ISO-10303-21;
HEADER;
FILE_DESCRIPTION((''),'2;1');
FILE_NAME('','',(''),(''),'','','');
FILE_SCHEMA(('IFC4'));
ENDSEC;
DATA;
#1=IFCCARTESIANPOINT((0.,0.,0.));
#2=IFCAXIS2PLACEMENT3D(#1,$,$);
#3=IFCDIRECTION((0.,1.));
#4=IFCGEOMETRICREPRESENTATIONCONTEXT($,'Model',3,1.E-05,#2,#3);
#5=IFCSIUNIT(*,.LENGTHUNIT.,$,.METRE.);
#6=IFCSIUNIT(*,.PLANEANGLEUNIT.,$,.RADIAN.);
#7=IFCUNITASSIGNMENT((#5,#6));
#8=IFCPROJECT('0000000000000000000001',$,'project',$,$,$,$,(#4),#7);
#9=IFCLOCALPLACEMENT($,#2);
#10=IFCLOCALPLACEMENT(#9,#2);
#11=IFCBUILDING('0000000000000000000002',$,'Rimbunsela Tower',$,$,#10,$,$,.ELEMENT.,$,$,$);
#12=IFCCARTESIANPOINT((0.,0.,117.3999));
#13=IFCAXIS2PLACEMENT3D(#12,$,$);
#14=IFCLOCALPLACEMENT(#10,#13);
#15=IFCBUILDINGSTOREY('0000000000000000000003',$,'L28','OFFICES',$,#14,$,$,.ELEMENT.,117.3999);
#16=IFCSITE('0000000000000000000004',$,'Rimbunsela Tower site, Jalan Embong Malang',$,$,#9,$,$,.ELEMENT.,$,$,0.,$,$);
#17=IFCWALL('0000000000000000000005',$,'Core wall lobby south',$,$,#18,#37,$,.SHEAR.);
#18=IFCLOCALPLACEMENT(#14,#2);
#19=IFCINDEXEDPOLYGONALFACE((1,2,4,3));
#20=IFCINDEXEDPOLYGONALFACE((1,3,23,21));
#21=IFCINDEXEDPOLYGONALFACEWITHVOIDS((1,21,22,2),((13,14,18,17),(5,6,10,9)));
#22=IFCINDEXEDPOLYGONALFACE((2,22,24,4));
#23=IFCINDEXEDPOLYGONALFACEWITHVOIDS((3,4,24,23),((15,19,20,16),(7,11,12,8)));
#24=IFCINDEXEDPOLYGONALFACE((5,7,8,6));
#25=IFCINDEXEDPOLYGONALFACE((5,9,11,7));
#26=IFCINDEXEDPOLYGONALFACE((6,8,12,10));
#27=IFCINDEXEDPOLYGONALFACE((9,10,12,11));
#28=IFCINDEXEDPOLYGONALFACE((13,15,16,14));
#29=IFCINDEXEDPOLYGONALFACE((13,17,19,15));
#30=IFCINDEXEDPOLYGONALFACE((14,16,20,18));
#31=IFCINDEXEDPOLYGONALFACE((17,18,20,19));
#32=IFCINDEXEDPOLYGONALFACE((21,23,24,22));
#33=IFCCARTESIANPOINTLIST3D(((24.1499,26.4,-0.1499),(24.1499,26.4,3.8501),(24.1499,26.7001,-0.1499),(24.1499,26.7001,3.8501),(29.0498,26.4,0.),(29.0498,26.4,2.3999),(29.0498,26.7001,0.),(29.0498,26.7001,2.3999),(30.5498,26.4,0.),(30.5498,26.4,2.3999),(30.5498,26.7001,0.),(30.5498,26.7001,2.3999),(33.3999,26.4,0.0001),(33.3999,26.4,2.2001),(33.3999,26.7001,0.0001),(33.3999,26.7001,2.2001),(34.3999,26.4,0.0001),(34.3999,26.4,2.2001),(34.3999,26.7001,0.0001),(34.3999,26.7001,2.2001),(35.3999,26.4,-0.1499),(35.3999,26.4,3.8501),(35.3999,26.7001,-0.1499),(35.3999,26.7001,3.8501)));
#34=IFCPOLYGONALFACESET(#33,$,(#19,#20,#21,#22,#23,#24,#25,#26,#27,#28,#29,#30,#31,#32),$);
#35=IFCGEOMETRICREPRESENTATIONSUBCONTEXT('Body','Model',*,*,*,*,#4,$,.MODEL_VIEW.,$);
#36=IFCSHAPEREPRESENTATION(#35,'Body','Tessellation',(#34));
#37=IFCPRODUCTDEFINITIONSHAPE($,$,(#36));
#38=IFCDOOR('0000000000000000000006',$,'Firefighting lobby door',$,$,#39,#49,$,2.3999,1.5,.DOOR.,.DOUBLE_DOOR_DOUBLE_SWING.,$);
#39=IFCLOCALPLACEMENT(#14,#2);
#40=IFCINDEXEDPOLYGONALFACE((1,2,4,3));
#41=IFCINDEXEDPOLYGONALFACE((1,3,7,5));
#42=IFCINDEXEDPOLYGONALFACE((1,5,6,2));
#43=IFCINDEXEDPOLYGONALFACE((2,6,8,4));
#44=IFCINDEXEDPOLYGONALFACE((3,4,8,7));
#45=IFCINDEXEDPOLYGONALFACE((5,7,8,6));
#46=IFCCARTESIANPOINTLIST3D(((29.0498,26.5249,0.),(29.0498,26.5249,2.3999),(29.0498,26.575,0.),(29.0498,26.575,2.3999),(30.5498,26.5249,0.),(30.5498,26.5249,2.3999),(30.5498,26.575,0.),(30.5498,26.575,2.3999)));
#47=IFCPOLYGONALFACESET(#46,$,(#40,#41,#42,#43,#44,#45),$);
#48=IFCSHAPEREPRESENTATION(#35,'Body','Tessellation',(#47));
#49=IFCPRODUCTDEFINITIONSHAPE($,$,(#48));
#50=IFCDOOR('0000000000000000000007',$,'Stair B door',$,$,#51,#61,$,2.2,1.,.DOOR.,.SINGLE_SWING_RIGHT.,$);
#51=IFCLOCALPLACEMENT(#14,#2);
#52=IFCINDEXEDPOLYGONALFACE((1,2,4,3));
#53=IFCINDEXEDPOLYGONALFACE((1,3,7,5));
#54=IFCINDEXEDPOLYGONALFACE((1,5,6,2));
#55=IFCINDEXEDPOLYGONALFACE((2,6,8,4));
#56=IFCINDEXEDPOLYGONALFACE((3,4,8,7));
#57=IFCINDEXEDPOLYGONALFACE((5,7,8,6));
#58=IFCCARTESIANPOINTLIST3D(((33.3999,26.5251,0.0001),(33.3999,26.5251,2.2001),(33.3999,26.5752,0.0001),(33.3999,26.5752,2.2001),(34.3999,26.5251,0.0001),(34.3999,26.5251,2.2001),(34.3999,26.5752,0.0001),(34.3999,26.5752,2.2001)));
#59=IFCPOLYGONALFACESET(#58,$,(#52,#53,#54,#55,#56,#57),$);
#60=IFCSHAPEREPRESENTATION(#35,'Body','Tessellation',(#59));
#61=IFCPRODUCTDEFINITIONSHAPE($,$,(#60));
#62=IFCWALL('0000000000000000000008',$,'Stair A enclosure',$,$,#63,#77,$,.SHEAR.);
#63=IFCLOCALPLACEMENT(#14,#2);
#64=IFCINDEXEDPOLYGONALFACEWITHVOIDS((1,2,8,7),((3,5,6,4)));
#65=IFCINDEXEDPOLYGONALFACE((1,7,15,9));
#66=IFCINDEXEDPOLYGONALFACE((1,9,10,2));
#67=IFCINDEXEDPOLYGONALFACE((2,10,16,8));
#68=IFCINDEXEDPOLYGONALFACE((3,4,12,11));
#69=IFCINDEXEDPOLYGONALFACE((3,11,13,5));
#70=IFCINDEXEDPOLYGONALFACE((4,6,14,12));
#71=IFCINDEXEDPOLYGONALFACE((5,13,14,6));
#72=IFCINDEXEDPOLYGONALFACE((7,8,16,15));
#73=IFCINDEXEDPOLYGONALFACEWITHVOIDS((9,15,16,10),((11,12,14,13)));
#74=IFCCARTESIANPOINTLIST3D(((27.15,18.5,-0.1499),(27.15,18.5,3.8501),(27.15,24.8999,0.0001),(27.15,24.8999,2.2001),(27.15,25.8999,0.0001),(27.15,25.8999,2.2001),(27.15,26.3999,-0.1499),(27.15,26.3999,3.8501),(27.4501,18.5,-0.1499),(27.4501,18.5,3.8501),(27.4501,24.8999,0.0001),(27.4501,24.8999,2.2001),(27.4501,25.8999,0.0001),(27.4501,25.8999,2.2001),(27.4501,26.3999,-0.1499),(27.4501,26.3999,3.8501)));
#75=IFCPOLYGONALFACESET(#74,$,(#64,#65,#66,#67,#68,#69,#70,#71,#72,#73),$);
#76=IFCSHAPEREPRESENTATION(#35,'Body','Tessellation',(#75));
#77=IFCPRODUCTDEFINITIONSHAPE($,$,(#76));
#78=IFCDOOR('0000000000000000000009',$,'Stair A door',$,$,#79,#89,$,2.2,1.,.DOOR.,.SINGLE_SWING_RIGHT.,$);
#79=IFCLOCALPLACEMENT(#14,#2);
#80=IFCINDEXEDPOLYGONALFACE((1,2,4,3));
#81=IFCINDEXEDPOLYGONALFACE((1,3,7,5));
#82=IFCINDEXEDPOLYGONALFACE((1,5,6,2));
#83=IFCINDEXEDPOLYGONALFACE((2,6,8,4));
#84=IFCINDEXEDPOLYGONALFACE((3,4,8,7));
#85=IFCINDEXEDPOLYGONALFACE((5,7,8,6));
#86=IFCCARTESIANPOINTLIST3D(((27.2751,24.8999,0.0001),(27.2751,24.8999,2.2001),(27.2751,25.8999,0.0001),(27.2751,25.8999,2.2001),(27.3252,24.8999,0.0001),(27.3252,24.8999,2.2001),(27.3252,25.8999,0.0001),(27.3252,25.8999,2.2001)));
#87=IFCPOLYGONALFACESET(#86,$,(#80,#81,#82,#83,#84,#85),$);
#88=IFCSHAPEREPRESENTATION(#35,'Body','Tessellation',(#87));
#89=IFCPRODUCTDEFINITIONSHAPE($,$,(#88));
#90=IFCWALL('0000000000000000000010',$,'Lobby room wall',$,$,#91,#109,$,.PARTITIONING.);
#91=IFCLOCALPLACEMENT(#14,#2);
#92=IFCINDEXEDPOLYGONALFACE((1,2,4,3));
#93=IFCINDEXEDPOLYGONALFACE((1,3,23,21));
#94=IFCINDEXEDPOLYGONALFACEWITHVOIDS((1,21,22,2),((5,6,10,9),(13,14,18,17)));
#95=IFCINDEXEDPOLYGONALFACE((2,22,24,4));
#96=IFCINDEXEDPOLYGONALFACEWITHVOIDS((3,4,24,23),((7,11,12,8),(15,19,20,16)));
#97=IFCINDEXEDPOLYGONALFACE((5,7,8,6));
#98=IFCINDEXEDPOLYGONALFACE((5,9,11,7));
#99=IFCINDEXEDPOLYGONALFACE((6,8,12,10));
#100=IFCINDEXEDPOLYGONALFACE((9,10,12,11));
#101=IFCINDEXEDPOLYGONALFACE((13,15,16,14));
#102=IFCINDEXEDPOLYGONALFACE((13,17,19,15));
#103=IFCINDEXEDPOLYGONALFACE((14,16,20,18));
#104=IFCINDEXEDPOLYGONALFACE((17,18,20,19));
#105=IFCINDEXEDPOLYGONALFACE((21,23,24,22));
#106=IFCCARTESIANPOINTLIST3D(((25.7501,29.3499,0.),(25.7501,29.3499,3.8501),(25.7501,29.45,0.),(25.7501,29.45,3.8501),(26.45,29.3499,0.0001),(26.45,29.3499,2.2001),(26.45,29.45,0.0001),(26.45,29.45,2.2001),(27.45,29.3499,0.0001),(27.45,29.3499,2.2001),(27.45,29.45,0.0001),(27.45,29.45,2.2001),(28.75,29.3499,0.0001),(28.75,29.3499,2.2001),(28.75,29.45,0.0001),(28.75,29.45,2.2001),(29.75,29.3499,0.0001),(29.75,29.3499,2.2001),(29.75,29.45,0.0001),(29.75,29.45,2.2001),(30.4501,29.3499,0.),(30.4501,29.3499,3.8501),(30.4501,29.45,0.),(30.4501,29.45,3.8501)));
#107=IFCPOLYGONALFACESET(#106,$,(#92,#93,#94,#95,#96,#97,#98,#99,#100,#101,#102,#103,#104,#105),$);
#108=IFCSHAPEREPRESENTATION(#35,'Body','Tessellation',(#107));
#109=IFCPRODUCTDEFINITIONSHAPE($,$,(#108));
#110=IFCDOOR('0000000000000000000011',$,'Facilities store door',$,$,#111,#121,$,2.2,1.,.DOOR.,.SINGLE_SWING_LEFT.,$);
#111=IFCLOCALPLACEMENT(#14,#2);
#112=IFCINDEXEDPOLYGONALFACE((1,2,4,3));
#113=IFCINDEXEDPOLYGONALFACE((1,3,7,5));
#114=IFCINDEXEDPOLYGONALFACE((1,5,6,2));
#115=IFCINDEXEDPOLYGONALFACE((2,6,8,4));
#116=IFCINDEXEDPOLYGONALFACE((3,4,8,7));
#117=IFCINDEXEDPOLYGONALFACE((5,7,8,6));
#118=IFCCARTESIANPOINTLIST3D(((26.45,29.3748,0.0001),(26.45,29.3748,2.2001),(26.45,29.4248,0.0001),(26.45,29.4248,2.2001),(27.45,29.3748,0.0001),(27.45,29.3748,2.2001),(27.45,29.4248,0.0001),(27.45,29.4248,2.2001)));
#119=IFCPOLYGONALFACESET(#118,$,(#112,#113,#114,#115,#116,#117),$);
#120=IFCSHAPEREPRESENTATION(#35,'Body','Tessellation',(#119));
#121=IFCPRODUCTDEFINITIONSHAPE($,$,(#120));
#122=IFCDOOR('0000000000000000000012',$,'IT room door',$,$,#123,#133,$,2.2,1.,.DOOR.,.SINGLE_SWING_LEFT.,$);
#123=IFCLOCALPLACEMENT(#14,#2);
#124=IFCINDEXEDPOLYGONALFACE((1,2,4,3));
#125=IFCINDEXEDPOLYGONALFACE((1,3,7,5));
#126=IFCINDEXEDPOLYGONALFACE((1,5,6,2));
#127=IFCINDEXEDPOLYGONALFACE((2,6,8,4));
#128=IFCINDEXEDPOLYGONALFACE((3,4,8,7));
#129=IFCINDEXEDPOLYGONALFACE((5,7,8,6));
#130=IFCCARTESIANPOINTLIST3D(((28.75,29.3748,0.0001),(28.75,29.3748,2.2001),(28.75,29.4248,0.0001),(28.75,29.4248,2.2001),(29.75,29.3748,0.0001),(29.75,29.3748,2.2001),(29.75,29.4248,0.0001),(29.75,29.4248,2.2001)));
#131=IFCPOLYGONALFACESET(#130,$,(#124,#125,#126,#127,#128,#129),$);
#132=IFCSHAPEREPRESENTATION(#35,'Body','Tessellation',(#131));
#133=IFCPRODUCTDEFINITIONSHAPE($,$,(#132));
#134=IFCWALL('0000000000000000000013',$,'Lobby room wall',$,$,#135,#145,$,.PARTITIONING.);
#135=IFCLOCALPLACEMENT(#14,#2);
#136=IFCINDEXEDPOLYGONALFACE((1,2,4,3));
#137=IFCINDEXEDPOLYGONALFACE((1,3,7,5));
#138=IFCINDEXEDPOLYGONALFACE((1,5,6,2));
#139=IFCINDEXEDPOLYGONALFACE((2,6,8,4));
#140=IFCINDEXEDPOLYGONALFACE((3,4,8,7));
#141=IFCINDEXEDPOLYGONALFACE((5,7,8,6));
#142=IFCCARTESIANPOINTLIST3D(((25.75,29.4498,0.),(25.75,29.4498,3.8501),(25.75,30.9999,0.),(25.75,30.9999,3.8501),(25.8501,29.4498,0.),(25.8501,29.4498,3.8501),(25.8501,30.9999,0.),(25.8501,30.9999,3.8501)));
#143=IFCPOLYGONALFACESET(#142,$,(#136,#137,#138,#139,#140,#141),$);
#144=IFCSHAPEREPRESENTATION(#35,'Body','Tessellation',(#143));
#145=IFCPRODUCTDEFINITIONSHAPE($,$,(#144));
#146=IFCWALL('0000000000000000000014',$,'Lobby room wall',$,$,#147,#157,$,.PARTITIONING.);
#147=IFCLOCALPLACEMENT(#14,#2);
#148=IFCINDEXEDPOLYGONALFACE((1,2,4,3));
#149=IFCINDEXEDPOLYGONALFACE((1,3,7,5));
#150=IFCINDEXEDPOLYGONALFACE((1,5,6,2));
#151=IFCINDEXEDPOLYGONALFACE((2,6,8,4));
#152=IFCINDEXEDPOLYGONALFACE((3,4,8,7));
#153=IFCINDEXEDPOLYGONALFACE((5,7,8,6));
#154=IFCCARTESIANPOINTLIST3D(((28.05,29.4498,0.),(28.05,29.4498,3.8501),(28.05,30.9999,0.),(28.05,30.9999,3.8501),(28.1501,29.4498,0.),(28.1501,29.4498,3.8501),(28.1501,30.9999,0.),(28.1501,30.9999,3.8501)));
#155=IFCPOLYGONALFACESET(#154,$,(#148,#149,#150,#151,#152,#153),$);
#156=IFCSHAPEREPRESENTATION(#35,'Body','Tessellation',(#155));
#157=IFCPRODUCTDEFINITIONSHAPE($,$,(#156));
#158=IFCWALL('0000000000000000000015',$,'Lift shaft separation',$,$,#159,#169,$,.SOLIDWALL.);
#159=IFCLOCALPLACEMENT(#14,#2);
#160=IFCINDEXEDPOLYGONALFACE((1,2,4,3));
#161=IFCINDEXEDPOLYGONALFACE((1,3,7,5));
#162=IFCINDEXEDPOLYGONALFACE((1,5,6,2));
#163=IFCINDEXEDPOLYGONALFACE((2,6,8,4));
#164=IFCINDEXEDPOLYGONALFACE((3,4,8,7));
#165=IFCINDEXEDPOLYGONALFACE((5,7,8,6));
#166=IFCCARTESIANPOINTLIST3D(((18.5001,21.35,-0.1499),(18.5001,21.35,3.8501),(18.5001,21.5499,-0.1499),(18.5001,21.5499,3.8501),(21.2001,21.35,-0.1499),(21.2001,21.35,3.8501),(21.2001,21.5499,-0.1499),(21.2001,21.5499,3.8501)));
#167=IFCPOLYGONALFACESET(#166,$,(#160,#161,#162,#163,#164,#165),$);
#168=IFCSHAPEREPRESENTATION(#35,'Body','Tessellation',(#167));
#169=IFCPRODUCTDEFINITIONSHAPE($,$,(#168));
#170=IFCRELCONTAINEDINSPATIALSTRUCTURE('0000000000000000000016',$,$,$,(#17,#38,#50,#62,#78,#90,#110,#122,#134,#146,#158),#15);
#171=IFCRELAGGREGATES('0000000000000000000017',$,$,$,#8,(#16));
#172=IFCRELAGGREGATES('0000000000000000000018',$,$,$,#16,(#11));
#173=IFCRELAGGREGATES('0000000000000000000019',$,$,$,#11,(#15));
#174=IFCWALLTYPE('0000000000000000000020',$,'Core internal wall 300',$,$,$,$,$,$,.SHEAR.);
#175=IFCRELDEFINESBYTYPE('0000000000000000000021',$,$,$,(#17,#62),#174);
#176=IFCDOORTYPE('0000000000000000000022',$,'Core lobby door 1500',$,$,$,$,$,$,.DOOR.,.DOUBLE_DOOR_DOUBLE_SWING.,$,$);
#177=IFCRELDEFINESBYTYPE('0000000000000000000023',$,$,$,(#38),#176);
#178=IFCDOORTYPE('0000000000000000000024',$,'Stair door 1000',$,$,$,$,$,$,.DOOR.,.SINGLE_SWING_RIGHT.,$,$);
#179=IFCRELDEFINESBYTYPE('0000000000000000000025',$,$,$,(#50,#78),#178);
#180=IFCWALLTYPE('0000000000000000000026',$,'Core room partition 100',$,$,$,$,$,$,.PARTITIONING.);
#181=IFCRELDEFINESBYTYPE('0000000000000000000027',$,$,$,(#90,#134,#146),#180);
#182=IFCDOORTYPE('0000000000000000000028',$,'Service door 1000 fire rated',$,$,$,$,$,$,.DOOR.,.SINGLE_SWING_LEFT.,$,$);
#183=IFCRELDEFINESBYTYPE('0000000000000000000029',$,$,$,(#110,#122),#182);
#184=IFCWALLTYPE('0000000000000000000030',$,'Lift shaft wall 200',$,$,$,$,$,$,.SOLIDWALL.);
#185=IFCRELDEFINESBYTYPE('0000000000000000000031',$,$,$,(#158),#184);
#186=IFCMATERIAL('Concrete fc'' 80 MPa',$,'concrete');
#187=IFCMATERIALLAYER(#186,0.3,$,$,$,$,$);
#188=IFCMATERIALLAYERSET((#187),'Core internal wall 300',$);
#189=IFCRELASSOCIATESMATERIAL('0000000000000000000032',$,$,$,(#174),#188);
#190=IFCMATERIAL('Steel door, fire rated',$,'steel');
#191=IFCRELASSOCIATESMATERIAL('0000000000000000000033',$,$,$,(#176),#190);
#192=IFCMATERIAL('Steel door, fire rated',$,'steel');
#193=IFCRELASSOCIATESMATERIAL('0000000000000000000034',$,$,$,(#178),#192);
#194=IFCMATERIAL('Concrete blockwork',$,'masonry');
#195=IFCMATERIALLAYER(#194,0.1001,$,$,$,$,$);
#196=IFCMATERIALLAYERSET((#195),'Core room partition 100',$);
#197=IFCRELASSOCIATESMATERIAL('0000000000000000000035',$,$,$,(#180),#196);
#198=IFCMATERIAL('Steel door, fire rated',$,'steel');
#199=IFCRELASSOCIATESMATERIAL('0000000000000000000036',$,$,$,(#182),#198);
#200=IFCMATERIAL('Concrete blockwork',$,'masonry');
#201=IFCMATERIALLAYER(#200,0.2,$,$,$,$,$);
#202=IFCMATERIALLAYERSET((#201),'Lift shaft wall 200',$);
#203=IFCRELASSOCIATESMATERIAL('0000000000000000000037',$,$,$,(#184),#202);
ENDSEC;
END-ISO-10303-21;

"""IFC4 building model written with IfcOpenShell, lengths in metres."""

from ifc_helpers import new_model, si_unit, direction, frame, frame_2d, origin, place, context, subcontext, project, spatial, rectangle, extrude, material, layer, layer_set, type_object, element, fill, save


model = new_model("IFC4")

# Units and contexts
model_context = context("Model", 3, precision=1e-05, world=origin(), true_north=direction((0.0, 1.0)))
body_context = subcontext(model_context, "Body", "Model", "MODEL_VIEW")
ifc_project = project(units=[si_unit("LENGTHUNIT", "METRE"), si_unit("PLANEANGLEUNIT", "RADIAN")], contexts=[model_context])

# Site, building, storey
site_placement = place(None, origin())
site = spatial("IfcSite", under=ifc_project, at=site_placement, Name="Rimbunsela Tower site, Jalan Embong Malang", CompositionType="ELEMENT", RefElevation=0.0)
building_placement = place(site_placement, origin())
building = spatial("IfcBuilding", under=site, at=building_placement, Name="Rimbunsela Tower", CompositionType="ELEMENT")
storey_placement = place(building_placement, frame((0.0, 0.0, 117.3999)))
storey = spatial("IfcBuildingStorey", under=building, at=storey_placement, Name="L28", Description="OFFICES", CompositionType="ELEMENT", Elevation=117.3999)

# Wall, openings, doors
ifc_material_1 = material(Name="Concrete fc' 80 MPa", Category="concrete")
ifc_layer_1 = layer(ifc_material_1, 0.3)
ifc_layer_set_1 = layer_set([ifc_layer_1], Name="Core internal wall 300")
wall_type_1 = type_object("IfcWallType", Name="Core internal wall 300", PredefinedType="SHEAR", material=ifc_layer_set_1)
wall_1_placement = place(storey_placement, frame((24.1499, 26.55, -0.1499), z_axis=(0.0, 0.0, 1.0), x_axis=(1.0, 0.0, 0.0)))
wall_1 = element("IfcWall", 1, at=wall_1_placement, inside=storey, type_object=wall_type_1, Name="Core wall lobby south", PredefinedType="SHEAR", context=body_context, shape_type="SweptSolid", body=[
    extrude(rectangle(XDim=11.25, YDim=0.3, at=frame_2d((5.625, 0.0))), origin(), (0.0, 0.0, 1.0), 4.0),
])
opening_1_placement = place(wall_1_placement, frame((9.25, 0.0, 0.1499)))
opening_1 = element("IfcOpeningElement", 2, at=opening_1_placement, cuts=wall_1, PredefinedType="OPENING", context=body_context, shape_type="SweptSolid", body=[
    extrude(rectangle(XDim=1.0, YDim=2.2, at=frame_2d((0.5, 1.1001))), frame((0.0, 0.1599, 0.0), z_axis=(0.0, -1.0, 0.0), x_axis=(1.0, 0.0, 0.0)), (0.0, 0.0, 1.0), 0.3201),
])
opening_2_placement = place(wall_1_placement, frame((4.8999, 0.0, 0.1499)))
opening_2 = element("IfcOpeningElement", 3, at=opening_2_placement, cuts=wall_1, PredefinedType="OPENING", context=body_context, shape_type="SweptSolid", body=[
    extrude(rectangle(XDim=1.5, YDim=2.3999, at=frame_2d((0.75, 1.2))), frame((0.0, 0.1599, 0.0), z_axis=(0.0, -1.0, 0.0), x_axis=(1.0, 0.0, 0.0)), (0.0, 0.0, 1.0), 0.3201),
])
ifc_material_2 = material(Name="Steel door, fire rated", Category="steel")
door_type_1 = type_object("IfcDoorType", Name="Core lobby door 1500", OperationType="DOUBLE_DOOR_DOUBLE_SWING", PredefinedType="DOOR", material=ifc_material_2)
door_1_placement = place(opening_2_placement, origin())
door_1 = element("IfcDoor", 4, at=door_1_placement, inside=storey, type_object=door_type_1, Name="Firefighting lobby door", OperationType="DOUBLE_DOOR_DOUBLE_SWING", OverallHeight=2.3999, OverallWidth=1.5, PredefinedType="DOOR", context=body_context, shape_type="SweptSolid", body=[
    extrude(rectangle(XDim=1.5, YDim=2.3999, at=frame_2d((0.75, 1.2))), frame((0.0, 0.0249, 0.0), z_axis=(0.0, -1.0, 0.0), x_axis=(1.0, 0.0, 0.0)), (0.0, 0.0, 1.0), 0.05),
])
fill(opening_2, door_1)
ifc_material_3 = material(Name="Steel door, fire rated", Category="steel")
door_type_2 = type_object("IfcDoorType", Name="Stair door 1000", OperationType="SINGLE_SWING_RIGHT", PredefinedType="DOOR", material=ifc_material_3)
door_2_placement = place(opening_1_placement, frame((1.0, 0.0, 0.0), z_axis=(0.0, 0.0, 1.0), x_axis=(-1.0, 0.0, 0.0)))
door_2 = element("IfcDoor", 5, at=door_2_placement, inside=storey, type_object=door_type_2, Name="Stair B door", OperationType="SINGLE_SWING_RIGHT", OverallHeight=2.2, OverallWidth=1.0, PredefinedType="DOOR", context=body_context, shape_type="SweptSolid", body=[
    extrude(rectangle(XDim=1.0, YDim=2.2, at=frame_2d((0.5, 1.1001))), frame((0.0, 0.0249, 0.0), z_axis=(0.0, -1.0, 0.0), x_axis=(1.0, 0.0, 0.0)), (0.0, 0.0, 1.0), 0.05),
])
fill(opening_1, door_2)

# Wall, opening, door
wall_2_placement = place(storey_placement, frame((27.3, 18.5, -0.1499), z_axis=(0.0, 0.0, 1.0), x_axis=(0.0, 1.0, 0.0)))
wall_2 = element("IfcWall", 6, at=wall_2_placement, inside=storey, type_object=wall_type_1, Name="Stair A enclosure", PredefinedType="SHEAR", context=body_context, shape_type="SweptSolid", body=[
    extrude(rectangle(XDim=7.8999, YDim=0.3, at=frame_2d((3.95, 0.0))), origin(), (0.0, 0.0, 1.0), 4.0),
])
opening_3_placement = place(wall_2_placement, frame((6.3999, 0.0, 0.1499)))
opening_3 = element("IfcOpeningElement", 7, at=opening_3_placement, cuts=wall_2, PredefinedType="OPENING", context=body_context, shape_type="SweptSolid", body=[
    extrude(rectangle(XDim=1.0, YDim=2.2, at=frame_2d((0.5, 1.1001))), frame((0.0, 0.1599, 0.0), z_axis=(0.0, -1.0, 0.0), x_axis=(1.0, 0.0, 0.0)), (0.0, 0.0, 1.0), 0.3201),
])
door_3_placement = place(opening_3_placement, origin())
door_3 = element("IfcDoor", 8, at=door_3_placement, inside=storey, type_object=door_type_2, Name="Stair A door", OperationType="SINGLE_SWING_RIGHT", OverallHeight=2.2, OverallWidth=1.0, PredefinedType="DOOR", context=body_context, shape_type="SweptSolid", body=[
    extrude(rectangle(XDim=1.0, YDim=2.2, at=frame_2d((0.5, 1.1001))), frame((0.0, 0.0249, 0.0), z_axis=(0.0, -1.0, 0.0), x_axis=(1.0, 0.0, 0.0)), (0.0, 0.0, 1.0), 0.05),
])
fill(opening_3, door_3)

# Wall, openings, doors
ifc_material_4 = material(Name="Concrete blockwork", Category="masonry")
ifc_layer_2 = layer(ifc_material_4, 0.1001)
ifc_layer_set_2 = layer_set([ifc_layer_2], Name="Core room partition 100")
wall_type_2 = type_object("IfcWallType", Name="Core room partition 100", PredefinedType="PARTITIONING", material=ifc_layer_set_2)
wall_3_placement = place(storey_placement, frame((25.75, 29.3999, 0.0), z_axis=(0.0, 0.0, 1.0), x_axis=(1.0, 0.0, 0.0)))
wall_3 = element("IfcWall", 9, at=wall_3_placement, inside=storey, type_object=wall_type_2, Name="Lobby room wall", PredefinedType="PARTITIONING", context=body_context, shape_type="SweptSolid", body=[
    extrude(rectangle(XDim=4.7, YDim=0.1001, at=frame_2d((2.3501, 0.0))), origin(), (0.0, 0.0, 1.0), 3.8501),
])
opening_4_placement = place(wall_3_placement, frame((0.7, 0.0, 0.0)))
opening_4 = element("IfcOpeningElement", 10, at=opening_4_placement, cuts=wall_3, PredefinedType="OPENING", context=body_context, shape_type="SweptSolid", body=[
    extrude(rectangle(XDim=1.0, YDim=2.2, at=frame_2d((0.5, 1.1001))), frame((0.0, 0.0601, 0.0), z_axis=(0.0, -1.0, 0.0), x_axis=(1.0, 0.0, 0.0)), (0.0, 0.0, 1.0), 0.1201),
])
opening_5_placement = place(wall_3_placement, frame((3.0, 0.0, 0.0)))
opening_5 = element("IfcOpeningElement", 11, at=opening_5_placement, cuts=wall_3, PredefinedType="OPENING", context=body_context, shape_type="SweptSolid", body=[
    extrude(rectangle(XDim=1.0, YDim=2.2, at=frame_2d((0.5, 1.1001))), frame((0.0, 0.0601, 0.0), z_axis=(0.0, -1.0, 0.0), x_axis=(1.0, 0.0, 0.0)), (0.0, 0.0, 1.0), 0.1201),
])
ifc_material_5 = material(Name="Steel door, fire rated", Category="steel")
door_type_3 = type_object("IfcDoorType", Name="Service door 1000 fire rated", OperationType="SINGLE_SWING_LEFT", PredefinedType="DOOR", material=ifc_material_5)
door_4_placement = place(opening_4_placement, origin())
door_4 = element("IfcDoor", 12, at=door_4_placement, inside=storey, type_object=door_type_3, Name="Facilities store door", OperationType="SINGLE_SWING_LEFT", OverallHeight=2.2, OverallWidth=1.0, PredefinedType="DOOR", context=body_context, shape_type="SweptSolid", body=[
    extrude(rectangle(XDim=1.0, YDim=2.2, at=frame_2d((0.5, 1.1001))), frame((0.0, 0.0249, 0.0), z_axis=(0.0, -1.0, 0.0), x_axis=(1.0, 0.0, 0.0)), (0.0, 0.0, 1.0), 0.05),
])
fill(opening_4, door_4)
door_5_placement = place(opening_5_placement, origin())
door_5 = element("IfcDoor", 13, at=door_5_placement, inside=storey, type_object=door_type_3, Name="IT room door", OperationType="SINGLE_SWING_LEFT", OverallHeight=2.2, OverallWidth=1.0, PredefinedType="DOOR", context=body_context, shape_type="SweptSolid", body=[
    extrude(rectangle(XDim=1.0, YDim=2.2, at=frame_2d((0.5, 1.1001))), frame((0.0, 0.0249, 0.0), z_axis=(0.0, -1.0, 0.0), x_axis=(1.0, 0.0, 0.0)), (0.0, 0.0, 1.0), 0.05),
])
fill(opening_5, door_5)

# Walls
for number, where, z_axis, x_axis, name in (
    (14, (25.8, 29.45, 0.0), (0.0, 0.0, 1.0), (0.0, 1.0, 0.0), "Lobby room wall"),
    (15, (28.1001, 29.45, 0.0), (0.0, 0.0, 1.0), (0.0, 1.0, 0.0), "Lobby room wall"),
):
    element("IfcWall", number, at=place(storey_placement, frame(where, z_axis=z_axis, x_axis=x_axis)), inside=storey, type_object=wall_type_2, Name=name, PredefinedType="PARTITIONING", context=body_context, shape_type="SweptSolid", body=[
        extrude(rectangle(XDim=1.55, YDim=0.1001, at=frame_2d((0.7749, 0.0))), origin(), (0.0, 0.0, 1.0), 3.8501),
    ])
ifc_material_6 = material(Name="Concrete blockwork", Category="masonry")
ifc_layer_3 = layer(ifc_material_6, 0.2)
ifc_layer_set_3 = layer_set([ifc_layer_3], Name="Lift shaft wall 200")
wall_type_3 = type_object("IfcWallType", Name="Lift shaft wall 200", PredefinedType="SOLIDWALL", material=ifc_layer_set_3)
for number, where, z_axis, x_axis, name in (
    (16, (18.5, 21.45, -0.1499), (0.0, 0.0, 1.0), (1.0, 0.0, 0.0), "Lift shaft separation"),
):
    element("IfcWall", number, at=place(storey_placement, frame(where, z_axis=z_axis, x_axis=x_axis)), inside=storey, type_object=wall_type_3, Name=name, PredefinedType="SOLIDWALL", context=body_context, shape_type="SweptSolid", body=[
        extrude(rectangle(XDim=2.7, YDim=0.2, at=frame_2d((1.3501, 0.0))), origin(), (0.0, 0.0, 1.0), 4.0),
    ])

save(model, "model.ifc")
